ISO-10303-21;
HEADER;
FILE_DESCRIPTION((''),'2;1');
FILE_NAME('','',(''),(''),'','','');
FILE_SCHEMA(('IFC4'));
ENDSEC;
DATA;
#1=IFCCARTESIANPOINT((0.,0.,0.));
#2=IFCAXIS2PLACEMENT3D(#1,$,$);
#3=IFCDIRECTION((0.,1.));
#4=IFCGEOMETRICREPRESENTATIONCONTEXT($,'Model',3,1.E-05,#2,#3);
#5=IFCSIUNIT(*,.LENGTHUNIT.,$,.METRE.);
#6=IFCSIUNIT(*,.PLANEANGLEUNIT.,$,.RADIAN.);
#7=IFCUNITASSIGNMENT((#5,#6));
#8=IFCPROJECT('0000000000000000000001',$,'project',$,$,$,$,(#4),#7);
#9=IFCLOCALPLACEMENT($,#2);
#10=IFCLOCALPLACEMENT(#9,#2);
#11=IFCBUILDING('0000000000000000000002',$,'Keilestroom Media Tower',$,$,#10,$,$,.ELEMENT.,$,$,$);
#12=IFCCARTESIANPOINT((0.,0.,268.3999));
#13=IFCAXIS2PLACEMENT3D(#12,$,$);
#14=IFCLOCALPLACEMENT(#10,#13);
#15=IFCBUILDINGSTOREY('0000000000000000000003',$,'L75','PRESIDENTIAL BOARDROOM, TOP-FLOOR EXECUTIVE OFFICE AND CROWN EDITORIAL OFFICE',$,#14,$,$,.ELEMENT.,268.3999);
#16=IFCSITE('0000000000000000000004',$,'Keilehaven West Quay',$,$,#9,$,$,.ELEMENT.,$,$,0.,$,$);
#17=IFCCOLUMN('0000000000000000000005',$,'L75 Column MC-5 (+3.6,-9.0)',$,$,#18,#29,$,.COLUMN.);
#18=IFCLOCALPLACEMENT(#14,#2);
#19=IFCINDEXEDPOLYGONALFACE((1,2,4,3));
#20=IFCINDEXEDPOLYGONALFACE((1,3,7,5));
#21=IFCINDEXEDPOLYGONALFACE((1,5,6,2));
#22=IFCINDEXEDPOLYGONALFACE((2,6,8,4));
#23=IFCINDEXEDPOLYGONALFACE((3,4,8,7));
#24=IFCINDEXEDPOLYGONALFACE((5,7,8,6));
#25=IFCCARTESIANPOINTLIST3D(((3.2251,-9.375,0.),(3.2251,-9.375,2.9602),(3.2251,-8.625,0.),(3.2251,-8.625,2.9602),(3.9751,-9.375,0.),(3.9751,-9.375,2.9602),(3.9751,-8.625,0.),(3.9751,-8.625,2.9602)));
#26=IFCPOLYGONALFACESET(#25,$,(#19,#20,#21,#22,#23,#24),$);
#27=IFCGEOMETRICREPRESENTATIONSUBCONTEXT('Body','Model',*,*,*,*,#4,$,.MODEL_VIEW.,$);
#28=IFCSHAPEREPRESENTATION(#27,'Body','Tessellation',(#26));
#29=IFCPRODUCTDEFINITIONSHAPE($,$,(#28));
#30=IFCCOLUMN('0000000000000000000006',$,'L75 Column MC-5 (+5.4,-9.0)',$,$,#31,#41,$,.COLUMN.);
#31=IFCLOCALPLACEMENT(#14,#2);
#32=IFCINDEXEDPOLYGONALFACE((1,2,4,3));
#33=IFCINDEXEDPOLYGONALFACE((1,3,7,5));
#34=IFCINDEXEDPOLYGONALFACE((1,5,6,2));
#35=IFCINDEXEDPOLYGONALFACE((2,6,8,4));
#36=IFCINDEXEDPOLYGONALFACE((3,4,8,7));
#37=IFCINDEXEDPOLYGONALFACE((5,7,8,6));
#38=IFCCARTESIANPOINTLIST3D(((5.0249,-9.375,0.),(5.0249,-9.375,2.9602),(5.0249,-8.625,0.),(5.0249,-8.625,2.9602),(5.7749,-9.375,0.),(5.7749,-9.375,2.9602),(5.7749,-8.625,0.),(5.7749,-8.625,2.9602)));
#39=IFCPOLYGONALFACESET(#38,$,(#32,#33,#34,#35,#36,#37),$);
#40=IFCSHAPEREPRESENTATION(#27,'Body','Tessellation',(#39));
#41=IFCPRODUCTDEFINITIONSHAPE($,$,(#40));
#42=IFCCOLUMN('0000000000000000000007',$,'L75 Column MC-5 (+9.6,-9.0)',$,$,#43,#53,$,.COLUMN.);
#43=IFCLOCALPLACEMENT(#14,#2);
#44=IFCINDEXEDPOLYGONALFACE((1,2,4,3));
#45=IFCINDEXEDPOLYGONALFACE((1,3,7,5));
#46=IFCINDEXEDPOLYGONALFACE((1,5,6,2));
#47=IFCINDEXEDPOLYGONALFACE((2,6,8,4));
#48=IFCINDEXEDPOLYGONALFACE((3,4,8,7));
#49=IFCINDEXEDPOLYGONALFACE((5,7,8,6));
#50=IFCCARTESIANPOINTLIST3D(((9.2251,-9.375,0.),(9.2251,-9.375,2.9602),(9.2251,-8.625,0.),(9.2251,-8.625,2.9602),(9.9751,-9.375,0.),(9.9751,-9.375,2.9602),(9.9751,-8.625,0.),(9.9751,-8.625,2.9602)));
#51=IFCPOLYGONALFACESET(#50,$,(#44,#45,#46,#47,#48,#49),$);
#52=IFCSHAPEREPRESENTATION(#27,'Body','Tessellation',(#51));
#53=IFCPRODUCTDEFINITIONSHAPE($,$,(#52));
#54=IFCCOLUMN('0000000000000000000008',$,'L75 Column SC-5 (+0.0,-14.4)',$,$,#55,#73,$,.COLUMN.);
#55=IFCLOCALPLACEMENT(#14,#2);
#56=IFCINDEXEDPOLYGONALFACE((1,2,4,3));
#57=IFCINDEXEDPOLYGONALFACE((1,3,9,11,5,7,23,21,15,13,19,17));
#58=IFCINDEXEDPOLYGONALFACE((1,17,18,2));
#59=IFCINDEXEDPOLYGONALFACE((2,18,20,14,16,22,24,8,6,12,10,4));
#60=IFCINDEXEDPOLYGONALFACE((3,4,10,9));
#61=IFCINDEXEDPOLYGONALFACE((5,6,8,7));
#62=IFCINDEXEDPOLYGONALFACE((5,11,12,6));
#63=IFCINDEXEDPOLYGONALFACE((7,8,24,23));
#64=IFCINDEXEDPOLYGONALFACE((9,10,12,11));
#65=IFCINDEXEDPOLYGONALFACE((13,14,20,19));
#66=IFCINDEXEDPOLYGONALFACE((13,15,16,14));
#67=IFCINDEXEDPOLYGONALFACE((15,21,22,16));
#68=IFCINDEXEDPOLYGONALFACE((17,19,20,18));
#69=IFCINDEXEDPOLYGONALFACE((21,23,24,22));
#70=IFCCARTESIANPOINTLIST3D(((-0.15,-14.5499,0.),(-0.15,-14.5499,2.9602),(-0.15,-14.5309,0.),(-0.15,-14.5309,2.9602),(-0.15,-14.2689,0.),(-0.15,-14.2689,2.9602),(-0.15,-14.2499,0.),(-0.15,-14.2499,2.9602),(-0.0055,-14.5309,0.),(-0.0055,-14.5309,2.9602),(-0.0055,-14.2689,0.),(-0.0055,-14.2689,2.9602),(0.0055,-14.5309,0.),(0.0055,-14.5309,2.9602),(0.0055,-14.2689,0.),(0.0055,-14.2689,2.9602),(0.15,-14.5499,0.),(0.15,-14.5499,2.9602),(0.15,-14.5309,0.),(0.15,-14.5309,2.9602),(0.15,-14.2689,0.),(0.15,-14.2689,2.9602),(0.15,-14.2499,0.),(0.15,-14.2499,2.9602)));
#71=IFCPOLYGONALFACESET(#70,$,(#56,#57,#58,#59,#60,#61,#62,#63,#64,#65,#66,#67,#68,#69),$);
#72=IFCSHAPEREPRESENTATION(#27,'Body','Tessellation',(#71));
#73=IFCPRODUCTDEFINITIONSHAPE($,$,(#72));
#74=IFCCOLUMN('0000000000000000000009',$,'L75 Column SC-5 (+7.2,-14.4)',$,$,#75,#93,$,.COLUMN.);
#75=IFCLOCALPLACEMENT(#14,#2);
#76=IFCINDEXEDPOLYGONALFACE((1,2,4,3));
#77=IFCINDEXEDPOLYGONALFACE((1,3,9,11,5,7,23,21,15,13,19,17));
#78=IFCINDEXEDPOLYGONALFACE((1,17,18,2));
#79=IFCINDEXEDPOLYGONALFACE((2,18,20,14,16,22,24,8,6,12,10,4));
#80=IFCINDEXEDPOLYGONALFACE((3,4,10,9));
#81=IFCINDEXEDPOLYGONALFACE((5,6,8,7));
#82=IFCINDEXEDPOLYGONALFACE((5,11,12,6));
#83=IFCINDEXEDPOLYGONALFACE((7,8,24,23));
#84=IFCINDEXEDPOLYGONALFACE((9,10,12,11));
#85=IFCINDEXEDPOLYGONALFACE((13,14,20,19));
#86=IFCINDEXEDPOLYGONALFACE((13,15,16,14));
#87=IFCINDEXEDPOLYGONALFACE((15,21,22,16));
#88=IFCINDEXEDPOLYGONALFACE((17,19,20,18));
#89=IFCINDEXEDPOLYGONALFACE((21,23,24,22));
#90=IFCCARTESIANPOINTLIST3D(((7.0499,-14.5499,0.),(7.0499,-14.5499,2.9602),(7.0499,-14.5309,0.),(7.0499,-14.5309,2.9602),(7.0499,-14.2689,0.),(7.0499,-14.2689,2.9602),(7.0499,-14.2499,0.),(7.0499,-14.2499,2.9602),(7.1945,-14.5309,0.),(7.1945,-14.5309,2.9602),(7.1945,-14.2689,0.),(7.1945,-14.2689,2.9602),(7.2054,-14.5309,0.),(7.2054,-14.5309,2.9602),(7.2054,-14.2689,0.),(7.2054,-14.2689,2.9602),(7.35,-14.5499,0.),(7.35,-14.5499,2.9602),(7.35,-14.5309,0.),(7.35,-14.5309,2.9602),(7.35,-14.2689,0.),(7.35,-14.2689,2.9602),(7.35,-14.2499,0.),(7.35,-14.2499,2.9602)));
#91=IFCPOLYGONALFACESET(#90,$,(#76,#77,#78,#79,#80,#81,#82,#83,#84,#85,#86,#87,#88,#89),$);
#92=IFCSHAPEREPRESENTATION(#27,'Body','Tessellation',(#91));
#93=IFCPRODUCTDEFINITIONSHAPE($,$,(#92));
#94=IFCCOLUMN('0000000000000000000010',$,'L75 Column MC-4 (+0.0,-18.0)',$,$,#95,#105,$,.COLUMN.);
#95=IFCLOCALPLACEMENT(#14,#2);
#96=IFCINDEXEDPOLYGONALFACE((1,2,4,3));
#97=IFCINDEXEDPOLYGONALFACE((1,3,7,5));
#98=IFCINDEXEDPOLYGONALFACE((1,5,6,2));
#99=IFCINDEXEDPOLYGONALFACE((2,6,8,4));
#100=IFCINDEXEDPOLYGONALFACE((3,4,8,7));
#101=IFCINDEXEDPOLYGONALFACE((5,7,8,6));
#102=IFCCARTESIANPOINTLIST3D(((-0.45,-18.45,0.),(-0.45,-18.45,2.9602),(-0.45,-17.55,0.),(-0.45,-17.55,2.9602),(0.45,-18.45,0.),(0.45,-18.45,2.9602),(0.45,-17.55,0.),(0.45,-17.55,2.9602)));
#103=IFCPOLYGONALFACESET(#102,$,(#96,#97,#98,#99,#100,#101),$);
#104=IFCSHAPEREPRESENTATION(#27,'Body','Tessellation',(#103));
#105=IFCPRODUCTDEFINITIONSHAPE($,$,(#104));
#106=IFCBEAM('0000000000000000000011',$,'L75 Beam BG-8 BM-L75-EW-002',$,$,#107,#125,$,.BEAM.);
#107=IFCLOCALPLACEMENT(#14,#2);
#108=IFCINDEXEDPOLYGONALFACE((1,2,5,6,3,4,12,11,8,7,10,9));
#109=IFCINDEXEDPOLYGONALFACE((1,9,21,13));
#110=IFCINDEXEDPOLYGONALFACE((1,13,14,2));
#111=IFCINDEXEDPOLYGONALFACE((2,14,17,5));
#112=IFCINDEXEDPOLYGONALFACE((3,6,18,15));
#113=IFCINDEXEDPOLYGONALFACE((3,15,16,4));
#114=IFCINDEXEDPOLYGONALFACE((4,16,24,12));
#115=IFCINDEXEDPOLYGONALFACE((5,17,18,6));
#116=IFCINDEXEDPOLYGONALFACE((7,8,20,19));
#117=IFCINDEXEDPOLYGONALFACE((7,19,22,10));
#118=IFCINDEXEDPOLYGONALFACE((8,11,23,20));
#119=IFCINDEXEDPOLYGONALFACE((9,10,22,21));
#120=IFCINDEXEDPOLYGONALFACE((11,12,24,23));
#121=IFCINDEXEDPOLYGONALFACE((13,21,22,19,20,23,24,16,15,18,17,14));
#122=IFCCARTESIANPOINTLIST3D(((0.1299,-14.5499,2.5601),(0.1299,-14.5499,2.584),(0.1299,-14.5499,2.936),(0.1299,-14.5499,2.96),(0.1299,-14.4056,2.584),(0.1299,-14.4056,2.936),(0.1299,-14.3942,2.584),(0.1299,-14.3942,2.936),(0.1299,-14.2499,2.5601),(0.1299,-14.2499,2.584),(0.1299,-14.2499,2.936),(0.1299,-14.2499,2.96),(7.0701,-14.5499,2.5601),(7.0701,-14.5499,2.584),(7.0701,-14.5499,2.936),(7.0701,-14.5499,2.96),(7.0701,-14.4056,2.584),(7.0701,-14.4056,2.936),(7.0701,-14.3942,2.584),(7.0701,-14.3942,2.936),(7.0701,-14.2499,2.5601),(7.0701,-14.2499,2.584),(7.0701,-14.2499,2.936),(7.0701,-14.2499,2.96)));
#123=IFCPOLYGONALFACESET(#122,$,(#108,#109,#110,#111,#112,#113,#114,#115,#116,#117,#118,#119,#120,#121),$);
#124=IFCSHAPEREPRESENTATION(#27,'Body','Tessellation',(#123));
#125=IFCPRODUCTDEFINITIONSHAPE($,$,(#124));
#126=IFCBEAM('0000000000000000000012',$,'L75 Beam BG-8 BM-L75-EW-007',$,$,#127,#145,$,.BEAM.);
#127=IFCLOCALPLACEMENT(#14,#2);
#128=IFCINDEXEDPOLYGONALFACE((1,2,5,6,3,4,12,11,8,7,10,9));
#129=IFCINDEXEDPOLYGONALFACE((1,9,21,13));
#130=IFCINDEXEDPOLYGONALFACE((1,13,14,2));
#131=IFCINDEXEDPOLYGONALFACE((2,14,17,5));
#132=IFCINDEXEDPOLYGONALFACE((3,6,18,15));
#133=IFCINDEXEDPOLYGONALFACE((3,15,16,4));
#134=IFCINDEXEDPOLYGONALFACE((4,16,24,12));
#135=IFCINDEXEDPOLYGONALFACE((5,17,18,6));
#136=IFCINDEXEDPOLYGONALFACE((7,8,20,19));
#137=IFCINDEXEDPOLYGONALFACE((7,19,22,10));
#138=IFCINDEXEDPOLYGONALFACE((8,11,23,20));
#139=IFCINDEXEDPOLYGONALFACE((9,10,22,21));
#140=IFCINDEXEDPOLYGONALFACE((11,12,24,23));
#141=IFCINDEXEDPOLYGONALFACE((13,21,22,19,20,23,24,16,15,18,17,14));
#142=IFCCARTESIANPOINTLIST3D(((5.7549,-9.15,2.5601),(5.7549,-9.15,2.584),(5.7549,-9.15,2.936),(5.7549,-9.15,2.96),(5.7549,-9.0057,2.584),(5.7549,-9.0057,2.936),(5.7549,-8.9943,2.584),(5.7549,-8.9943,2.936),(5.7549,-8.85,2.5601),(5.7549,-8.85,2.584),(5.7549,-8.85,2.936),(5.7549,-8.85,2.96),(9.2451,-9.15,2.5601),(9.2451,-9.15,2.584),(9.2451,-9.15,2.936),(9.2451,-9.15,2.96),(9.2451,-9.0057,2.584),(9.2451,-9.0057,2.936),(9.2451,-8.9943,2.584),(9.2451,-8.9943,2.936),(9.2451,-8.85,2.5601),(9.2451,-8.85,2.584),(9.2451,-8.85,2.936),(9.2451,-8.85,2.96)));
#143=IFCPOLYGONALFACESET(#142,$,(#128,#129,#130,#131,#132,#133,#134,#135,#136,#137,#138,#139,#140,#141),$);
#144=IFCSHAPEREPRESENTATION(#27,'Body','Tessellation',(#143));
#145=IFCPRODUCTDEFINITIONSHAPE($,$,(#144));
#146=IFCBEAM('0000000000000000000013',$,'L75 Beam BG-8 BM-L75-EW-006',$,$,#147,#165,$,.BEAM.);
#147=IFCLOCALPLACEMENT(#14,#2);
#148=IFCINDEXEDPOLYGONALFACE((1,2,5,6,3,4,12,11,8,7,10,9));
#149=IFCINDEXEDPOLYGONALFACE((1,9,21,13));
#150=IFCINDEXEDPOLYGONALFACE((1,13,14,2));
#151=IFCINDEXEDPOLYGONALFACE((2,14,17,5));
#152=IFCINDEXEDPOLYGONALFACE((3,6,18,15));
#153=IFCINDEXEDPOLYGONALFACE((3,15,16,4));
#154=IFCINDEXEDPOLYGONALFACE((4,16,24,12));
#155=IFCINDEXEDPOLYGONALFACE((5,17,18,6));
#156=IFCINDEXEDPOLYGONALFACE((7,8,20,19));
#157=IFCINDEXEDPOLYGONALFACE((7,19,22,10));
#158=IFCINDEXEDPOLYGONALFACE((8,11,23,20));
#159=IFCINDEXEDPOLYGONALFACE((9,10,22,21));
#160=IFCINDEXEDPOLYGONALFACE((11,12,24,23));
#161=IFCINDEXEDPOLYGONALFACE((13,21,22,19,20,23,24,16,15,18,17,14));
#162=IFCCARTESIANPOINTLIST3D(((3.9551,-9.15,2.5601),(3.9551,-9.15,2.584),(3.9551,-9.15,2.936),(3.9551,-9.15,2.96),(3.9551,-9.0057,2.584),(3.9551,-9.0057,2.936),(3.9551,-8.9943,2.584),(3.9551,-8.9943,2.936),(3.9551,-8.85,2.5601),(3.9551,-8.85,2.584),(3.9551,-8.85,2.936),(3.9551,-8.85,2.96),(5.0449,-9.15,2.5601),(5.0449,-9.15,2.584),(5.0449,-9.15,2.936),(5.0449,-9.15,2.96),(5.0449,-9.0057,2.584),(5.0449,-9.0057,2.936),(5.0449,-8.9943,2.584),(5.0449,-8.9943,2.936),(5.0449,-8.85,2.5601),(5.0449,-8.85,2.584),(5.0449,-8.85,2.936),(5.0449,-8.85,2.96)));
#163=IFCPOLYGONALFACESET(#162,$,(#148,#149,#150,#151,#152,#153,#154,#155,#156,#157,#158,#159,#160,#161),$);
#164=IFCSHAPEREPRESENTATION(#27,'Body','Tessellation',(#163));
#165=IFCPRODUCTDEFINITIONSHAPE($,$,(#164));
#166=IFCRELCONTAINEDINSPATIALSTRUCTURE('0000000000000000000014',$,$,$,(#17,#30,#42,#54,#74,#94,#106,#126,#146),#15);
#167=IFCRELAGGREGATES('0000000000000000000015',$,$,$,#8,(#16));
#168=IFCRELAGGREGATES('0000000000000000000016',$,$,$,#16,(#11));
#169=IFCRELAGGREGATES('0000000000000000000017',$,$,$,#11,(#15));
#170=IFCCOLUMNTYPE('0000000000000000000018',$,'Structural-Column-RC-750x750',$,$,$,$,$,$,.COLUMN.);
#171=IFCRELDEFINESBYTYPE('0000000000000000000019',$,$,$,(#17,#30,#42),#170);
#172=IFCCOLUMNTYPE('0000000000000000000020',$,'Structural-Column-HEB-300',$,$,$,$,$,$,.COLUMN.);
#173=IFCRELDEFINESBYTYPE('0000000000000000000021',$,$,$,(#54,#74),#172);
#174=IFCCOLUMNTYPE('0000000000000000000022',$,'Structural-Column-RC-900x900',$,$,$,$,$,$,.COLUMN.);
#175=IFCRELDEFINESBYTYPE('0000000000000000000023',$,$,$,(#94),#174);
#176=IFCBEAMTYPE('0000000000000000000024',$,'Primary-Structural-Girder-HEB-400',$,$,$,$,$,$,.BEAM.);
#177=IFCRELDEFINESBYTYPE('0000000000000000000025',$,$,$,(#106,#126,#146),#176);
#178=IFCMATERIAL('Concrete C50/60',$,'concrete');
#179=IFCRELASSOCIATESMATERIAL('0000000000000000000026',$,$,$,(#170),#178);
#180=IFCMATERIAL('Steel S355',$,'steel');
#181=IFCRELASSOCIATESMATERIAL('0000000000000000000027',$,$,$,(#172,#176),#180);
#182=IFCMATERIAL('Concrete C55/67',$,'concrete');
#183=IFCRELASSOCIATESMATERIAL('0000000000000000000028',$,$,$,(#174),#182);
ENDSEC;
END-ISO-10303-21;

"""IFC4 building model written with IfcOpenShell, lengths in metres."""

from ifc_helpers import new_model, si_unit, direction, frame, origin, origin_2d, place, context, subcontext, project, spatial, rectangle, i_section, extrude, source, transform, mapped, material, material_profile, profile_set, type_object, element, save


model = new_model("IFC4")

# Units and contexts
model_context = context("Model", 3, precision=1e-05, world=origin(), true_north=direction((0.0, 1.0)))
body_context = subcontext(model_context, "Body", "Model", "MODEL_VIEW")
ifc_project = project(units=[si_unit("LENGTHUNIT", "METRE"), si_unit("PLANEANGLEUNIT", "RADIAN")], contexts=[model_context])

# Site, building, storey
site_placement = place(None, origin())
site = spatial("IfcSite", under=ifc_project, at=site_placement, Name="Keilehaven West Quay", CompositionType="ELEMENT", RefElevation=0.0)
building_placement = place(site_placement, origin())
building = spatial("IfcBuilding", under=site, at=building_placement, Name="Keilestroom Media Tower", CompositionType="ELEMENT")
storey_placement = place(building_placement, frame((0.0, 0.0, 268.3999)))
storey = spatial("IfcBuildingStorey", under=building, at=storey_placement, Name="L75", Description="PRESIDENTIAL BOARDROOM, TOP-FLOOR EXECUTIVE OFFICE AND CROWN EDITORIAL OFFICE", CompositionType="ELEMENT", Elevation=268.3999)

# Columns
ifc_material_1 = material(Name="Concrete C50/60", Category="concrete")
ifc_material_profile_1 = material_profile(ifc_material_1, rectangle(XDim=0.75, YDim=0.75, at=origin_2d()), Name="RC 750x750")
ifc_profile_set_1 = profile_set([ifc_material_profile_1], Name="Concrete C50/60")
column_type_1 = type_object("IfcColumnType", Name="Structural-Column-RC-750x750", PredefinedType="COLUMN", material=ifc_profile_set_1)
shared_shape_1 = source(origin(), body_context, "Body", "SweptSolid", [
    extrude(rectangle(XDim=0.75, YDim=0.75, at=origin_2d()), origin(), (0.0, 0.0, 1.0), 2.9602),
])
for number, where, z_axis, x_axis, name in (
    (1, (3.6001, -9.0, 0.0), (0.0, 0.0, 1.0), (1.0, 0.0, 0.0), "L75 Column MC-5 (+3.6,-9.0)"),
    (2, (5.3999, -9.0, 0.0), (0.0, 0.0, 1.0), (1.0, 0.0, 0.0), "L75 Column MC-5 (+5.4,-9.0)"),
    (3, (9.6001, -9.0, 0.0), (0.0, 0.0, 1.0), (1.0, 0.0, 0.0), "L75 Column MC-5 (+9.6,-9.0)"),
):
    element("IfcColumn", number, at=place(storey_placement, frame(where, z_axis=z_axis, x_axis=x_axis)), inside=storey, type_object=column_type_1, Name=name, PredefinedType="COLUMN", context=body_context, shape_type="MappedRepresentation", body=[
        mapped(shared_shape_1, transform((0.0, 0.0, 0.0), x_axis=(1.0, 0.0, 0.0), y_axis=(0.0, 1.0, 0.0), z_axis=(0.0, 0.0, 1.0), scale=1.0)),
    ])
ifc_material_2 = material(Name="Steel S355", Category="steel")
ifc_material_profile_2 = material_profile(ifc_material_2, i_section(OverallWidth=0.3, OverallDepth=0.3, WebThickness=0.011, FlangeThickness=0.019, at=origin_2d()), Name="HEB 300")
ifc_profile_set_2 = profile_set([ifc_material_profile_2], Name="Steel S355")
column_type_2 = type_object("IfcColumnType", Name="Structural-Column-HEB-300", PredefinedType="COLUMN", material=ifc_profile_set_2)
shared_shape_2 = source(origin(), body_context, "Body", "SweptSolid", [
    extrude(i_section(OverallWidth=0.3, OverallDepth=0.3, WebThickness=0.011, FlangeThickness=0.019, at=origin_2d()), origin(), (0.0, 0.0, 1.0), 2.9602),
])
for number, where, z_axis, x_axis, name in (
    (4, (0.0, -14.3999, 0.0), (0.0, 0.0, 1.0), (1.0, 0.0, 0.0), "L75 Column SC-5 (+0.0,-14.4)"),
    (5, (7.2, -14.3999, 0.0), (0.0, 0.0, 1.0), (1.0, 0.0, 0.0), "L75 Column SC-5 (+7.2,-14.4)"),
):
    element("IfcColumn", number, at=place(storey_placement, frame(where, z_axis=z_axis, x_axis=x_axis)), inside=storey, type_object=column_type_2, Name=name, PredefinedType="COLUMN", context=body_context, shape_type="MappedRepresentation", body=[
        mapped(shared_shape_2, transform((0.0, 0.0, 0.0), x_axis=(1.0, 0.0, 0.0), y_axis=(0.0, 1.0, 0.0), z_axis=(0.0, 0.0, 1.0), scale=1.0)),
    ])
ifc_material_3 = material(Name="Concrete C55/67", Category="concrete")
ifc_material_profile_3 = material_profile(ifc_material_3, rectangle(XDim=0.8999, YDim=0.8999, at=origin_2d()), Name="RC 900x900")
ifc_profile_set_3 = profile_set([ifc_material_profile_3], Name="Concrete C55/67")
column_type_3 = type_object("IfcColumnType", Name="Structural-Column-RC-900x900", PredefinedType="COLUMN", material=ifc_profile_set_3)
shared_shape_3 = source(origin(), body_context, "Body", "SweptSolid", [
    extrude(rectangle(XDim=0.8999, YDim=0.8999, at=origin_2d()), origin(), (0.0, 0.0, 1.0), 2.9602),
])
column_placement = place(storey_placement, frame((0.0, -18.0, 0.0), z_axis=(0.0, 0.0, 1.0), x_axis=(1.0, 0.0, 0.0)))
element("IfcColumn", 6, at=column_placement, inside=storey, type_object=column_type_3, Name="L75 Column MC-4 (+0.0,-18.0)", PredefinedType="COLUMN", context=body_context, shape_type="MappedRepresentation", body=[
    mapped(shared_shape_3, transform((0.0, 0.0, 0.0), x_axis=(1.0, 0.0, 0.0), y_axis=(0.0, 1.0, 0.0), z_axis=(0.0, 0.0, 1.0), scale=1.0)),
])

# Beams
ifc_material_profile_4 = material_profile(ifc_material_2, i_section(OverallWidth=0.3, OverallDepth=0.3999, WebThickness=0.0115, FlangeThickness=0.0239, at=origin_2d()), Name="HEB 400")
ifc_profile_set_4 = profile_set([ifc_material_profile_4], Name="Steel S355")
beam_type_1 = type_object("IfcBeamType", Name="Primary-Structural-Girder-HEB-400", PredefinedType="BEAM", material=ifc_profile_set_4)
shared_shape_4 = source(origin(), body_context, "Body", "SweptSolid", [
    extrude(i_section(OverallWidth=0.3, OverallDepth=0.3999, WebThickness=0.0115, FlangeThickness=0.0239, at=origin_2d()), origin(), (0.0, 0.0, 1.0), 6.9402),
])
beam_1_placement = place(storey_placement, frame((0.1299, -14.3999, 2.76), z_axis=(1.0, 0.0, 0.0), x_axis=(0.0, 1.0, 0.0)))
element("IfcBeam", 7, at=beam_1_placement, inside=storey, type_object=beam_type_1, Name="L75 Beam BG-8 BM-L75-EW-002", PredefinedType="BEAM", context=body_context, shape_type="MappedRepresentation", body=[
    mapped(shared_shape_4, transform((0.0, 0.0, 0.0), x_axis=(1.0, 0.0, 0.0), y_axis=(0.0, 1.0, 0.0), z_axis=(0.0, 0.0, 1.0), scale=1.0)),
])
shared_shape_5 = source(origin(), body_context, "Body", "SweptSolid", [
    extrude(i_section(OverallWidth=0.3, OverallDepth=0.3999, WebThickness=0.0115, FlangeThickness=0.0239, at=origin_2d()), origin(), (0.0, 0.0, 1.0), 3.4902),
])
beam_2_placement = place(storey_placement, frame((5.7549, -9.0, 2.76), z_axis=(1.0, 0.0, 0.0), x_axis=(0.0, 1.0, 0.0)))
element("IfcBeam", 8, at=beam_2_placement, inside=storey, type_object=beam_type_1, Name="L75 Beam BG-8 BM-L75-EW-007", PredefinedType="BEAM", context=body_context, shape_type="MappedRepresentation", body=[
    mapped(shared_shape_5, transform((0.0, 0.0, 0.0), x_axis=(1.0, 0.0, 0.0), y_axis=(0.0, 1.0, 0.0), z_axis=(0.0, 0.0, 1.0), scale=1.0)),
])
shared_shape_6 = source(origin(), body_context, "Body", "SweptSolid", [
    extrude(i_section(OverallWidth=0.3, OverallDepth=0.3999, WebThickness=0.0115, FlangeThickness=0.0239, at=origin_2d()), origin(), (0.0, 0.0, 1.0), 1.0898),
])
beam_3_placement = place(storey_placement, frame((3.9551, -9.0, 2.76), z_axis=(1.0, 0.0, 0.0), x_axis=(0.0, 1.0, 0.0)))
element("IfcBeam", 9, at=beam_3_placement, inside=storey, type_object=beam_type_1, Name="L75 Beam BG-8 BM-L75-EW-006", PredefinedType="BEAM", context=body_context, shape_type="MappedRepresentation", body=[
    mapped(shared_shape_6, transform((0.0, 0.0, 0.0), x_axis=(1.0, 0.0, 0.0), y_axis=(0.0, 1.0, 0.0), z_axis=(0.0, 0.0, 1.0), scale=1.0)),
])

save(model, "model.ifc")
